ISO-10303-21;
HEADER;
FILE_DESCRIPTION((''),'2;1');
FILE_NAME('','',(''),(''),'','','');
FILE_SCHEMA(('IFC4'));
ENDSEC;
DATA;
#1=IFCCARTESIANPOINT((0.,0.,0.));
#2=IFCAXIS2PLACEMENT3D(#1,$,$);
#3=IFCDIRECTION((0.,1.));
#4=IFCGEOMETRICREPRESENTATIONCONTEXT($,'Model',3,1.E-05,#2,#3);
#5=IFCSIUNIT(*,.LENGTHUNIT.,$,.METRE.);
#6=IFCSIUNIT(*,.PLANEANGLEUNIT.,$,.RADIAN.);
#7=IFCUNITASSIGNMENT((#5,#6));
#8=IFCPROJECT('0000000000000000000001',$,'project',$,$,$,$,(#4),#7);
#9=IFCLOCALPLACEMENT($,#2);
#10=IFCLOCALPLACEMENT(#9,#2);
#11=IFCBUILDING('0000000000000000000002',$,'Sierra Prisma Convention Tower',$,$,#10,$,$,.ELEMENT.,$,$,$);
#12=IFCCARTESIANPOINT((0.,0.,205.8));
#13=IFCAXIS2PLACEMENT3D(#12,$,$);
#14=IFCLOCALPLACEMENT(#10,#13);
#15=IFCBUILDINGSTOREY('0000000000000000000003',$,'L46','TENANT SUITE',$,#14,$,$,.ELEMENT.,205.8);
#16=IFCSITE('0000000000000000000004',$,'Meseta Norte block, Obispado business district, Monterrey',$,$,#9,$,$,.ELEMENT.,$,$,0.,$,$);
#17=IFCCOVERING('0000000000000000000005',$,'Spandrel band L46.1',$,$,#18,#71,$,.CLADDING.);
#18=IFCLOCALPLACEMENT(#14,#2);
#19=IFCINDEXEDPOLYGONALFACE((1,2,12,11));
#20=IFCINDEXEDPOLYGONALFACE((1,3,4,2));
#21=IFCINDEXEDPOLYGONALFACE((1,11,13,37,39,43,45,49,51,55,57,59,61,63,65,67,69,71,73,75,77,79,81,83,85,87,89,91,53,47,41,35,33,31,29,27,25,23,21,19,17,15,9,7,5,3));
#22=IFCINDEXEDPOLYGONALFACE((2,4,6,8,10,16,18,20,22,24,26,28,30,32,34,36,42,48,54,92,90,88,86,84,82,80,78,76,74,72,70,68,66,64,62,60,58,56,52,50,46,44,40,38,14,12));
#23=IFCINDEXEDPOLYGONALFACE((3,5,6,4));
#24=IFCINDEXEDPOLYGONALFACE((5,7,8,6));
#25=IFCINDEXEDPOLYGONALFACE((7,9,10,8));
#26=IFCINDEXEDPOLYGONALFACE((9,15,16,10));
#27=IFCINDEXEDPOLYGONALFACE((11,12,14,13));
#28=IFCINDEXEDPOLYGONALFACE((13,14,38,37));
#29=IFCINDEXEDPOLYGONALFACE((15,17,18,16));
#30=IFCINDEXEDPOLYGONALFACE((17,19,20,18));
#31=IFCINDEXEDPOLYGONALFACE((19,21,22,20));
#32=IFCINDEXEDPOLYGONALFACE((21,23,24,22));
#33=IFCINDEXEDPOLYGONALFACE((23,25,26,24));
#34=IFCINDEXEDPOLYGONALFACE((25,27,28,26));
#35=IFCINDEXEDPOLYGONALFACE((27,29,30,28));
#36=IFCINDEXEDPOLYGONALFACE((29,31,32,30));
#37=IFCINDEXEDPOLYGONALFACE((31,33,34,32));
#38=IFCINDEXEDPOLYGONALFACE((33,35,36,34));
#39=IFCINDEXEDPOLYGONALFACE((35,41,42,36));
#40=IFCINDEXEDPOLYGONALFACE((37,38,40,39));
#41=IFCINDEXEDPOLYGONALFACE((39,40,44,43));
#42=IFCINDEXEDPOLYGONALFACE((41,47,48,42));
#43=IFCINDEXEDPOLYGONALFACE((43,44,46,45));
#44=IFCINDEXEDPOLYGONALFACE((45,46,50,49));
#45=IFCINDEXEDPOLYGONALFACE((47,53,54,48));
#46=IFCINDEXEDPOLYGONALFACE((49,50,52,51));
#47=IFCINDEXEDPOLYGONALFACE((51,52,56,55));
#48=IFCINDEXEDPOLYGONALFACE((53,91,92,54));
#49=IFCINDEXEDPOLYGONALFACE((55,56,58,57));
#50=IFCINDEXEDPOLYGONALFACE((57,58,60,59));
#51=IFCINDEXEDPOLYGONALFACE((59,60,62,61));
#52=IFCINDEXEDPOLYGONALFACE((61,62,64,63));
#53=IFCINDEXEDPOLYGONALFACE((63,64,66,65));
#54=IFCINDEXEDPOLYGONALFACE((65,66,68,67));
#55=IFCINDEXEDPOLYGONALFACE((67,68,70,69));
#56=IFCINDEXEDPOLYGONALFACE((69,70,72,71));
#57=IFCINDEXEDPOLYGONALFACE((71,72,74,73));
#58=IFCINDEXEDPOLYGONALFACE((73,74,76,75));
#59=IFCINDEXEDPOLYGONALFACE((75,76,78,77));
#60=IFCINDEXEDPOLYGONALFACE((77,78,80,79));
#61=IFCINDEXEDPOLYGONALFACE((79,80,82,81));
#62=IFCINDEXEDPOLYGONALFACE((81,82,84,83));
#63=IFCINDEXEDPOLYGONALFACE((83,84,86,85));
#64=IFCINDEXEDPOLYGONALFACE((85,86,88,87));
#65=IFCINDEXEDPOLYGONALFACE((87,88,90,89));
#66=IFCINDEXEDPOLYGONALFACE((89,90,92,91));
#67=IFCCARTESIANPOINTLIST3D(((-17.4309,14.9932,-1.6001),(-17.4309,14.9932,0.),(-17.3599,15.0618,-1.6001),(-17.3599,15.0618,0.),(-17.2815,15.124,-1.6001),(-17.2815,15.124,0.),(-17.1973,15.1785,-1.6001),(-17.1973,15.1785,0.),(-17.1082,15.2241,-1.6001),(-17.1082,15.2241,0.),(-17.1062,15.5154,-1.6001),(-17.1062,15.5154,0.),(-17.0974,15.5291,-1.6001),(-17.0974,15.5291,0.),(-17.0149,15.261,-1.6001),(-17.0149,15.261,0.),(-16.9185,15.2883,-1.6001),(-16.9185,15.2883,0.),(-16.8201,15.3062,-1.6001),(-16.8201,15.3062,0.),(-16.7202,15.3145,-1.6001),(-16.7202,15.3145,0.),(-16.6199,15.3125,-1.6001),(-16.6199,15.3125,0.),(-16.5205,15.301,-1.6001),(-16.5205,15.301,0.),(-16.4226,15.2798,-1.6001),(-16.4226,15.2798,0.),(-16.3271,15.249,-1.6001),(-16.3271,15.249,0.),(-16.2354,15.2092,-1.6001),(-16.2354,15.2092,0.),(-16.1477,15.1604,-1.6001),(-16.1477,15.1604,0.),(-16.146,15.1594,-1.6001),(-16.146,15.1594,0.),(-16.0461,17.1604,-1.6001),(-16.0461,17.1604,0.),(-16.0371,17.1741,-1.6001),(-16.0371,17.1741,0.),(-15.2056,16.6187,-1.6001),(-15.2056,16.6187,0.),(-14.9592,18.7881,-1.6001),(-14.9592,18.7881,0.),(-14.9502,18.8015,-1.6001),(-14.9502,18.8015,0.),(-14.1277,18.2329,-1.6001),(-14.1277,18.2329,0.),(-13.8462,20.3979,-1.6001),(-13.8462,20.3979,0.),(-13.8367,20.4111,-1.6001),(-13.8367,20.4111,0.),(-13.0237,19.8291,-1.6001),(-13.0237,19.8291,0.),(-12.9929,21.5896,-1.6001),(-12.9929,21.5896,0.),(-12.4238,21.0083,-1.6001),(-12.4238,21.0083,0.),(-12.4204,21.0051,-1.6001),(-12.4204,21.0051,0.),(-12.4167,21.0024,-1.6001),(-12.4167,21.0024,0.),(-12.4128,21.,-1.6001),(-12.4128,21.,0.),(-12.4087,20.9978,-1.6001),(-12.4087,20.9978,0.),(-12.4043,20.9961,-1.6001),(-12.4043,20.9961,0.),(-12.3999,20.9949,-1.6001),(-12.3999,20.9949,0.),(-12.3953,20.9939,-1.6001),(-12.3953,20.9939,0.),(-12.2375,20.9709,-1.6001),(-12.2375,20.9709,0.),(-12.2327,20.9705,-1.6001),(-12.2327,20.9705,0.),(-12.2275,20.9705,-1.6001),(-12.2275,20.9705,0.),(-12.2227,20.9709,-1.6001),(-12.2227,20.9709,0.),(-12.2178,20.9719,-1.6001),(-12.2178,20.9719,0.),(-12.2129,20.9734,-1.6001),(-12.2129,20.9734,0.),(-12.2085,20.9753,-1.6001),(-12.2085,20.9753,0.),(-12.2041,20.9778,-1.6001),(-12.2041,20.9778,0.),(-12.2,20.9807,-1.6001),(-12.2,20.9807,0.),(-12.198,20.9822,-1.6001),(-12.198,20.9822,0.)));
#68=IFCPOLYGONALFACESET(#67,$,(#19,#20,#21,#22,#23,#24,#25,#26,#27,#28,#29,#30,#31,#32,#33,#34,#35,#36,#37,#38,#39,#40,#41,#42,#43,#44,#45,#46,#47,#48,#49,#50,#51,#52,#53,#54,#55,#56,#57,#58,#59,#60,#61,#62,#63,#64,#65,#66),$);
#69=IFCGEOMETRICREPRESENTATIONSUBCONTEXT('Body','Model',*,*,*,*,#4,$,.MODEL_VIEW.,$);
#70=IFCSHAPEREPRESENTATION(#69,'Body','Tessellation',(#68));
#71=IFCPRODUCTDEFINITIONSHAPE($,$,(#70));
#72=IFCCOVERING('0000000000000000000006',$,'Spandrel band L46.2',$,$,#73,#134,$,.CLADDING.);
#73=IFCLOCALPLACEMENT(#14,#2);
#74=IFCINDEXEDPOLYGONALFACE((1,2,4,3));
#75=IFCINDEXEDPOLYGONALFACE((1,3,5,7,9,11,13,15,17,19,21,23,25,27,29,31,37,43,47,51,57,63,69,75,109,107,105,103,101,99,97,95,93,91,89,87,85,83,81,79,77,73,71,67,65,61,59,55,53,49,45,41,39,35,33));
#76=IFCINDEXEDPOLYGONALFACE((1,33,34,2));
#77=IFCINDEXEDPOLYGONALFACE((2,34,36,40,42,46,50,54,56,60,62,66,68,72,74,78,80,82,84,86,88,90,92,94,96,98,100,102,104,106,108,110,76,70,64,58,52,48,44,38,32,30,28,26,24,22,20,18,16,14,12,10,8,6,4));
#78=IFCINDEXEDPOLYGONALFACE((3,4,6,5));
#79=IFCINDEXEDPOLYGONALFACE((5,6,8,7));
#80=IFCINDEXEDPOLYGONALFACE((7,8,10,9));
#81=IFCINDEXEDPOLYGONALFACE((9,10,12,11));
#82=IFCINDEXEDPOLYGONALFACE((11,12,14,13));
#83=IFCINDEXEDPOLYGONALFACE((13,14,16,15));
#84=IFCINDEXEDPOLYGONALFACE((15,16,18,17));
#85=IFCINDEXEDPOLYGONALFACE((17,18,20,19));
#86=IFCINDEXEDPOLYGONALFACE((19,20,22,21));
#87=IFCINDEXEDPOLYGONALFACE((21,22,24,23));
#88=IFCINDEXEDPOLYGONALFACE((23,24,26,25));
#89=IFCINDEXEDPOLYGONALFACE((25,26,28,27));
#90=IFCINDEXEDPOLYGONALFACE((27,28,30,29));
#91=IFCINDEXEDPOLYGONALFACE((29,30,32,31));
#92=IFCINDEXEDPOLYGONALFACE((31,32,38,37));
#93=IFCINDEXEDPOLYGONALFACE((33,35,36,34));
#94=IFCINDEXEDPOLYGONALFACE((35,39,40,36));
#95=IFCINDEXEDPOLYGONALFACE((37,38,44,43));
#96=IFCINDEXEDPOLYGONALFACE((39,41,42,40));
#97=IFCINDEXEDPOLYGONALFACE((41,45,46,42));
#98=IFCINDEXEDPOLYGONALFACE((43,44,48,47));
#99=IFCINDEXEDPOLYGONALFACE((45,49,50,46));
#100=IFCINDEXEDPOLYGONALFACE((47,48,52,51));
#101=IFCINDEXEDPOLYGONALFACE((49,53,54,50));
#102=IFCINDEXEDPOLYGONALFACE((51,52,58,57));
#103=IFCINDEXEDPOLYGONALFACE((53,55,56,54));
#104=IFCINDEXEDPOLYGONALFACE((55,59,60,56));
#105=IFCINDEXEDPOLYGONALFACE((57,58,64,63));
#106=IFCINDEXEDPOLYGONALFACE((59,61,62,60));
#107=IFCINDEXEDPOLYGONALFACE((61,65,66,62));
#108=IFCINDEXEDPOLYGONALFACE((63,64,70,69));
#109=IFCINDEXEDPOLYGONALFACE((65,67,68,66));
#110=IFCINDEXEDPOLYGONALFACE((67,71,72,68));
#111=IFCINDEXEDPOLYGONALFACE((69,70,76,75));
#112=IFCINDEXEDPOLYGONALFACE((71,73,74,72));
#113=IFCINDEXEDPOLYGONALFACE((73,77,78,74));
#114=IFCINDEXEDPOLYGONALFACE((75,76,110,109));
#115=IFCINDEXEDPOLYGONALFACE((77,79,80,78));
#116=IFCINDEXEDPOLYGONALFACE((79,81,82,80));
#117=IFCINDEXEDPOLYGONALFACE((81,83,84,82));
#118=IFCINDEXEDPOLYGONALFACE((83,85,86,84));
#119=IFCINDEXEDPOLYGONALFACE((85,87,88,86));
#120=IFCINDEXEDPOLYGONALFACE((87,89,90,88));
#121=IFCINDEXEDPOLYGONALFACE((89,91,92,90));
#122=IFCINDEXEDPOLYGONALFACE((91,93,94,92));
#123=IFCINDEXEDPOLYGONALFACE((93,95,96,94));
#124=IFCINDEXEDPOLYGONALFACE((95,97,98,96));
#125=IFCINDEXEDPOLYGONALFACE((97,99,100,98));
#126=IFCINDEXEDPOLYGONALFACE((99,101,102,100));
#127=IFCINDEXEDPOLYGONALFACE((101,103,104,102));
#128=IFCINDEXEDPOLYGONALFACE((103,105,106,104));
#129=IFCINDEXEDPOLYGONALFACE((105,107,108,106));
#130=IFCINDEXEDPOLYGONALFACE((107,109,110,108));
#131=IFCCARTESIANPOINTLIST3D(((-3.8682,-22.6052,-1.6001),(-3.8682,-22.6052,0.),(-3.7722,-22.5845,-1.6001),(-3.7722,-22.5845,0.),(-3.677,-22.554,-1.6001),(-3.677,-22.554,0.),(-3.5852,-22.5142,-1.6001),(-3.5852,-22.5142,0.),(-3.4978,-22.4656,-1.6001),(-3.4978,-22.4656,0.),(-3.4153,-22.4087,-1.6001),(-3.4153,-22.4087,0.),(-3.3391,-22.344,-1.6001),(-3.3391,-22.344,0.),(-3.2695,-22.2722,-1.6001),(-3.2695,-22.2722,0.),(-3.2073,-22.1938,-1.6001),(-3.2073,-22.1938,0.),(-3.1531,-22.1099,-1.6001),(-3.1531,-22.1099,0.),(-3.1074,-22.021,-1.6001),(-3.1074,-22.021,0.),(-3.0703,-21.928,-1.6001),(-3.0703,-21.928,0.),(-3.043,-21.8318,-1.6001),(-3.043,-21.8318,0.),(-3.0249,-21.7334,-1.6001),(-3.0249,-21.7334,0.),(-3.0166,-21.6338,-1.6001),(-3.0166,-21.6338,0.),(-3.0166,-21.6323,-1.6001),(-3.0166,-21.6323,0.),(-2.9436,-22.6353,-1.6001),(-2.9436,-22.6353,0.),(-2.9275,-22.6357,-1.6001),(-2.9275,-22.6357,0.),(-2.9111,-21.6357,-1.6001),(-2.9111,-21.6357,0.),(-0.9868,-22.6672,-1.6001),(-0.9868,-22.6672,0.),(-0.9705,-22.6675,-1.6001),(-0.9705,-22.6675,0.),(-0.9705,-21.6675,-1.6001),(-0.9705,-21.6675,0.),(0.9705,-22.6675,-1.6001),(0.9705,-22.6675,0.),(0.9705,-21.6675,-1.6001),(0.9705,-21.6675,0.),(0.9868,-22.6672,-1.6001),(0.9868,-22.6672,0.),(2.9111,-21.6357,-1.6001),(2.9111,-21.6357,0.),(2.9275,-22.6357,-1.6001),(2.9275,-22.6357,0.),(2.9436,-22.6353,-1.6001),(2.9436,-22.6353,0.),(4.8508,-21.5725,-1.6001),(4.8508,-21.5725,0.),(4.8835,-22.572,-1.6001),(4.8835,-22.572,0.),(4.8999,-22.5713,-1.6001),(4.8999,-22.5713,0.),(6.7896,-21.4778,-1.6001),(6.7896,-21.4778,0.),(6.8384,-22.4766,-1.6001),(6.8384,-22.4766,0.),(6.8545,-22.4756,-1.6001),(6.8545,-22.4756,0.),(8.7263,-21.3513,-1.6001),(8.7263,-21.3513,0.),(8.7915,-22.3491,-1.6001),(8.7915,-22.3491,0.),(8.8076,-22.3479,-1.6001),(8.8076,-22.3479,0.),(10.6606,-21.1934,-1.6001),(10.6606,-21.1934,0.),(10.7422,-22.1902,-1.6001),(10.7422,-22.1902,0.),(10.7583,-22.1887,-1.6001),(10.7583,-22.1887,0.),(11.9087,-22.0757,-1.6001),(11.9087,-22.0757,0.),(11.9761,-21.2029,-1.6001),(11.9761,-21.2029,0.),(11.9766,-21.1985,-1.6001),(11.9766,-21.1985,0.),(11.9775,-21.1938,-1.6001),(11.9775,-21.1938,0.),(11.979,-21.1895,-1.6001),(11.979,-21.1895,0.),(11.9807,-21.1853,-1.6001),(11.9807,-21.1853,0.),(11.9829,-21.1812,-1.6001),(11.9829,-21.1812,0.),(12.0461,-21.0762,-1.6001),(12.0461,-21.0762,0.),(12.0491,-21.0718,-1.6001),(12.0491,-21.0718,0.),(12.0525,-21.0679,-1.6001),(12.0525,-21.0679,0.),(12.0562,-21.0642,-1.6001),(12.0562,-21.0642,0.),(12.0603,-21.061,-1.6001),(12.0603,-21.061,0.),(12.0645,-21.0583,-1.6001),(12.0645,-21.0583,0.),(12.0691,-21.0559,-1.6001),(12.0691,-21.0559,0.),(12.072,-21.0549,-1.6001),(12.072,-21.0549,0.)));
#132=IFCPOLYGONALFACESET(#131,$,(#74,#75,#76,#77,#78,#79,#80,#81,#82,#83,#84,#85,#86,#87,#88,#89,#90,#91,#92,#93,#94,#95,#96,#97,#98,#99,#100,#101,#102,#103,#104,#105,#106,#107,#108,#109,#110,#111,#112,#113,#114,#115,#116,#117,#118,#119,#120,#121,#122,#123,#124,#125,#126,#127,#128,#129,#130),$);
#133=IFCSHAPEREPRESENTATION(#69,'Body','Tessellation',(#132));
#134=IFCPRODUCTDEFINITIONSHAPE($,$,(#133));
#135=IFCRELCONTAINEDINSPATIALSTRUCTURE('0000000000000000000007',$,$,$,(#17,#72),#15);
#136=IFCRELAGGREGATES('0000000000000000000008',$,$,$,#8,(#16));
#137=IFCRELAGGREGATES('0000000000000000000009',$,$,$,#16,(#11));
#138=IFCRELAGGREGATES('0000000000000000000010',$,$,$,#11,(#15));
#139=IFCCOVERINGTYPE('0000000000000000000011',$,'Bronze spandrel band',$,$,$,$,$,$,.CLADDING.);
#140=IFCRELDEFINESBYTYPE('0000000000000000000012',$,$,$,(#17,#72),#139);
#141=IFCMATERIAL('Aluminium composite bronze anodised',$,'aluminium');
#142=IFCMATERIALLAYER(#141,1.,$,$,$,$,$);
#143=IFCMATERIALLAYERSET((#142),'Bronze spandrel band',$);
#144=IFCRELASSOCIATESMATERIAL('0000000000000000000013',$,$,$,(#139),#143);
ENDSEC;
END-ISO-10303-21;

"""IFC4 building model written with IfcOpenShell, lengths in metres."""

from ifc_helpers import new_model, si_unit, direction, frame, origin, place, context, subcontext, project, spatial, polyline, outline, extrude, material, layer, layer_set, type_object, element, save


model = new_model("IFC4")

# Units and contexts
model_context = context("Model", 3, precision=1e-05, world=origin(), true_north=direction((0.0, 1.0)))
body_context = subcontext(model_context, "Body", "Model", "MODEL_VIEW")
ifc_project = project(units=[si_unit("LENGTHUNIT", "METRE"), si_unit("PLANEANGLEUNIT", "RADIAN")], contexts=[model_context])

# Site, building, storey
site_placement = place(None, origin())
site = spatial("IfcSite", under=ifc_project, at=site_placement, Name="Meseta Norte block, Obispado business district, Monterrey", CompositionType="ELEMENT", RefElevation=0.0)
building_placement = place(site_placement, origin())
building = spatial("IfcBuilding", under=site, at=building_placement, Name="Sierra Prisma Convention Tower", CompositionType="ELEMENT")
storey_placement = place(building_placement, frame((0.0, 0.0, 205.8)))
storey = spatial("IfcBuildingStorey", under=building, at=storey_placement, Name="L46", Description="TENANT SUITE", CompositionType="ELEMENT", Elevation=205.8)

# Coverings
ifc_material_1 = material(Name="Aluminium composite bronze anodised", Category="aluminium")
ifc_layer_1 = layer(ifc_material_1, 1.0)
ifc_layer_set_1 = layer_set([ifc_layer_1], Name="Bronze spandrel band")
covering_type_1 = type_object("IfcCoveringType", Name="Bronze spandrel band", PredefinedType="CLADDING", material=ifc_layer_set_1)
covering_1_placement = place(storey_placement, frame((0.0, 0.0, -1.6001)))
element("IfcCovering", 1, at=covering_1_placement, inside=storey, type_object=covering_type_1, Name="Spandrel band L46.1", PredefinedType="CLADDING", context=body_context, shape_type="SweptSolid", body=[
    extrude(outline(polyline([(-17.1062, 15.5154), (-17.0974, 15.5291), (-16.0461, 17.1604), (-16.0371, 17.1741), (-14.9592, 18.7881), (-14.9502, 18.8015), (-13.8462, 20.3979), (-13.8367, 20.4111), (-12.9929, 21.5896), (-12.4238, 21.0083), (-12.4204, 21.0051), (-12.4167, 21.0024), (-12.4128, 21.0), (-12.4087, 20.9978), (-12.4043, 20.9961), (-12.3999, 20.9949), (-12.3953, 20.9939), (-12.2375, 20.9709), (-12.2327, 20.9705), (-12.2275, 20.9705), (-12.2227, 20.9709), (-12.2178, 20.9719), (-12.2129, 20.9734), (-12.2085, 20.9753), (-12.2041, 20.9778), (-12.2, 20.9807), (-12.198, 20.9822), (-13.0237, 19.8291), (-14.1277, 18.2329), (-15.2056, 16.6187), (-16.146, 15.1594), (-16.1477, 15.1604), (-16.2354, 15.2092), (-16.3271, 15.249), (-16.4226, 15.2798), (-16.5205, 15.301), (-16.6199, 15.3125), (-16.7202, 15.3145), (-16.8201, 15.3062), (-16.9185, 15.2883), (-17.0149, 15.261), (-17.1082, 15.2241), (-17.1973, 15.1785), (-17.2815, 15.124), (-17.3599, 15.0618), (-17.4309, 14.9932), (-17.1062, 15.5154)])), origin(), (0.0, 0.0, 1.0), 1.6001),
])
covering_2_placement = place(storey_placement, frame((0.0, 0.0, -1.6001)))
element("IfcCovering", 2, at=covering_2_placement, inside=storey, type_object=covering_type_1, Name="Spandrel band L46.2", PredefinedType="CLADDING", context=body_context, shape_type="SweptSolid", body=[
    extrude(outline(polyline([(-2.9111, -21.6357), (-0.9705, -21.6675), (0.9705, -21.6675), (2.9111, -21.6357), (4.8508, -21.5725), (6.7896, -21.4778), (8.7263, -21.3513), (10.6606, -21.1934), (12.072, -21.0549), (12.0691, -21.0559), (12.0645, -21.0583), (12.0603, -21.061), (12.0562, -21.0642), (12.0525, -21.0679), (12.0491, -21.0718), (12.0461, -21.0762), (11.9829, -21.1812), (11.9807, -21.1853), (11.979, -21.1895), (11.9775, -21.1938), (11.9766, -21.1985), (11.9761, -21.2029), (11.9087, -22.0757), (10.7583, -22.1887), (10.7422, -22.1902), (8.8076, -22.3479), (8.7915, -22.3491), (6.8545, -22.4756), (6.8384, -22.4766), (4.8999, -22.5713), (4.8835, -22.572), (2.9436, -22.6353), (2.9275, -22.6357), (0.9868, -22.6672), (0.9705, -22.6675), (-0.9705, -22.6675), (-0.9868, -22.6672), (-2.9275, -22.6357), (-2.9436, -22.6353), (-3.8682, -22.6052), (-3.7722, -22.5845), (-3.677, -22.554), (-3.5852, -22.5142), (-3.4978, -22.4656), (-3.4153, -22.4087), (-3.3391, -22.344), (-3.2695, -22.2722), (-3.2073, -22.1938), (-3.1531, -22.1099), (-3.1074, -22.021), (-3.0703, -21.928), (-3.043, -21.8318), (-3.0249, -21.7334), (-3.0166, -21.6338), (-3.0166, -21.6323), (-2.9111, -21.6357)])), origin(), (0.0, 0.0, 1.0), 1.6001),
])

save(model, "model.ifc")
